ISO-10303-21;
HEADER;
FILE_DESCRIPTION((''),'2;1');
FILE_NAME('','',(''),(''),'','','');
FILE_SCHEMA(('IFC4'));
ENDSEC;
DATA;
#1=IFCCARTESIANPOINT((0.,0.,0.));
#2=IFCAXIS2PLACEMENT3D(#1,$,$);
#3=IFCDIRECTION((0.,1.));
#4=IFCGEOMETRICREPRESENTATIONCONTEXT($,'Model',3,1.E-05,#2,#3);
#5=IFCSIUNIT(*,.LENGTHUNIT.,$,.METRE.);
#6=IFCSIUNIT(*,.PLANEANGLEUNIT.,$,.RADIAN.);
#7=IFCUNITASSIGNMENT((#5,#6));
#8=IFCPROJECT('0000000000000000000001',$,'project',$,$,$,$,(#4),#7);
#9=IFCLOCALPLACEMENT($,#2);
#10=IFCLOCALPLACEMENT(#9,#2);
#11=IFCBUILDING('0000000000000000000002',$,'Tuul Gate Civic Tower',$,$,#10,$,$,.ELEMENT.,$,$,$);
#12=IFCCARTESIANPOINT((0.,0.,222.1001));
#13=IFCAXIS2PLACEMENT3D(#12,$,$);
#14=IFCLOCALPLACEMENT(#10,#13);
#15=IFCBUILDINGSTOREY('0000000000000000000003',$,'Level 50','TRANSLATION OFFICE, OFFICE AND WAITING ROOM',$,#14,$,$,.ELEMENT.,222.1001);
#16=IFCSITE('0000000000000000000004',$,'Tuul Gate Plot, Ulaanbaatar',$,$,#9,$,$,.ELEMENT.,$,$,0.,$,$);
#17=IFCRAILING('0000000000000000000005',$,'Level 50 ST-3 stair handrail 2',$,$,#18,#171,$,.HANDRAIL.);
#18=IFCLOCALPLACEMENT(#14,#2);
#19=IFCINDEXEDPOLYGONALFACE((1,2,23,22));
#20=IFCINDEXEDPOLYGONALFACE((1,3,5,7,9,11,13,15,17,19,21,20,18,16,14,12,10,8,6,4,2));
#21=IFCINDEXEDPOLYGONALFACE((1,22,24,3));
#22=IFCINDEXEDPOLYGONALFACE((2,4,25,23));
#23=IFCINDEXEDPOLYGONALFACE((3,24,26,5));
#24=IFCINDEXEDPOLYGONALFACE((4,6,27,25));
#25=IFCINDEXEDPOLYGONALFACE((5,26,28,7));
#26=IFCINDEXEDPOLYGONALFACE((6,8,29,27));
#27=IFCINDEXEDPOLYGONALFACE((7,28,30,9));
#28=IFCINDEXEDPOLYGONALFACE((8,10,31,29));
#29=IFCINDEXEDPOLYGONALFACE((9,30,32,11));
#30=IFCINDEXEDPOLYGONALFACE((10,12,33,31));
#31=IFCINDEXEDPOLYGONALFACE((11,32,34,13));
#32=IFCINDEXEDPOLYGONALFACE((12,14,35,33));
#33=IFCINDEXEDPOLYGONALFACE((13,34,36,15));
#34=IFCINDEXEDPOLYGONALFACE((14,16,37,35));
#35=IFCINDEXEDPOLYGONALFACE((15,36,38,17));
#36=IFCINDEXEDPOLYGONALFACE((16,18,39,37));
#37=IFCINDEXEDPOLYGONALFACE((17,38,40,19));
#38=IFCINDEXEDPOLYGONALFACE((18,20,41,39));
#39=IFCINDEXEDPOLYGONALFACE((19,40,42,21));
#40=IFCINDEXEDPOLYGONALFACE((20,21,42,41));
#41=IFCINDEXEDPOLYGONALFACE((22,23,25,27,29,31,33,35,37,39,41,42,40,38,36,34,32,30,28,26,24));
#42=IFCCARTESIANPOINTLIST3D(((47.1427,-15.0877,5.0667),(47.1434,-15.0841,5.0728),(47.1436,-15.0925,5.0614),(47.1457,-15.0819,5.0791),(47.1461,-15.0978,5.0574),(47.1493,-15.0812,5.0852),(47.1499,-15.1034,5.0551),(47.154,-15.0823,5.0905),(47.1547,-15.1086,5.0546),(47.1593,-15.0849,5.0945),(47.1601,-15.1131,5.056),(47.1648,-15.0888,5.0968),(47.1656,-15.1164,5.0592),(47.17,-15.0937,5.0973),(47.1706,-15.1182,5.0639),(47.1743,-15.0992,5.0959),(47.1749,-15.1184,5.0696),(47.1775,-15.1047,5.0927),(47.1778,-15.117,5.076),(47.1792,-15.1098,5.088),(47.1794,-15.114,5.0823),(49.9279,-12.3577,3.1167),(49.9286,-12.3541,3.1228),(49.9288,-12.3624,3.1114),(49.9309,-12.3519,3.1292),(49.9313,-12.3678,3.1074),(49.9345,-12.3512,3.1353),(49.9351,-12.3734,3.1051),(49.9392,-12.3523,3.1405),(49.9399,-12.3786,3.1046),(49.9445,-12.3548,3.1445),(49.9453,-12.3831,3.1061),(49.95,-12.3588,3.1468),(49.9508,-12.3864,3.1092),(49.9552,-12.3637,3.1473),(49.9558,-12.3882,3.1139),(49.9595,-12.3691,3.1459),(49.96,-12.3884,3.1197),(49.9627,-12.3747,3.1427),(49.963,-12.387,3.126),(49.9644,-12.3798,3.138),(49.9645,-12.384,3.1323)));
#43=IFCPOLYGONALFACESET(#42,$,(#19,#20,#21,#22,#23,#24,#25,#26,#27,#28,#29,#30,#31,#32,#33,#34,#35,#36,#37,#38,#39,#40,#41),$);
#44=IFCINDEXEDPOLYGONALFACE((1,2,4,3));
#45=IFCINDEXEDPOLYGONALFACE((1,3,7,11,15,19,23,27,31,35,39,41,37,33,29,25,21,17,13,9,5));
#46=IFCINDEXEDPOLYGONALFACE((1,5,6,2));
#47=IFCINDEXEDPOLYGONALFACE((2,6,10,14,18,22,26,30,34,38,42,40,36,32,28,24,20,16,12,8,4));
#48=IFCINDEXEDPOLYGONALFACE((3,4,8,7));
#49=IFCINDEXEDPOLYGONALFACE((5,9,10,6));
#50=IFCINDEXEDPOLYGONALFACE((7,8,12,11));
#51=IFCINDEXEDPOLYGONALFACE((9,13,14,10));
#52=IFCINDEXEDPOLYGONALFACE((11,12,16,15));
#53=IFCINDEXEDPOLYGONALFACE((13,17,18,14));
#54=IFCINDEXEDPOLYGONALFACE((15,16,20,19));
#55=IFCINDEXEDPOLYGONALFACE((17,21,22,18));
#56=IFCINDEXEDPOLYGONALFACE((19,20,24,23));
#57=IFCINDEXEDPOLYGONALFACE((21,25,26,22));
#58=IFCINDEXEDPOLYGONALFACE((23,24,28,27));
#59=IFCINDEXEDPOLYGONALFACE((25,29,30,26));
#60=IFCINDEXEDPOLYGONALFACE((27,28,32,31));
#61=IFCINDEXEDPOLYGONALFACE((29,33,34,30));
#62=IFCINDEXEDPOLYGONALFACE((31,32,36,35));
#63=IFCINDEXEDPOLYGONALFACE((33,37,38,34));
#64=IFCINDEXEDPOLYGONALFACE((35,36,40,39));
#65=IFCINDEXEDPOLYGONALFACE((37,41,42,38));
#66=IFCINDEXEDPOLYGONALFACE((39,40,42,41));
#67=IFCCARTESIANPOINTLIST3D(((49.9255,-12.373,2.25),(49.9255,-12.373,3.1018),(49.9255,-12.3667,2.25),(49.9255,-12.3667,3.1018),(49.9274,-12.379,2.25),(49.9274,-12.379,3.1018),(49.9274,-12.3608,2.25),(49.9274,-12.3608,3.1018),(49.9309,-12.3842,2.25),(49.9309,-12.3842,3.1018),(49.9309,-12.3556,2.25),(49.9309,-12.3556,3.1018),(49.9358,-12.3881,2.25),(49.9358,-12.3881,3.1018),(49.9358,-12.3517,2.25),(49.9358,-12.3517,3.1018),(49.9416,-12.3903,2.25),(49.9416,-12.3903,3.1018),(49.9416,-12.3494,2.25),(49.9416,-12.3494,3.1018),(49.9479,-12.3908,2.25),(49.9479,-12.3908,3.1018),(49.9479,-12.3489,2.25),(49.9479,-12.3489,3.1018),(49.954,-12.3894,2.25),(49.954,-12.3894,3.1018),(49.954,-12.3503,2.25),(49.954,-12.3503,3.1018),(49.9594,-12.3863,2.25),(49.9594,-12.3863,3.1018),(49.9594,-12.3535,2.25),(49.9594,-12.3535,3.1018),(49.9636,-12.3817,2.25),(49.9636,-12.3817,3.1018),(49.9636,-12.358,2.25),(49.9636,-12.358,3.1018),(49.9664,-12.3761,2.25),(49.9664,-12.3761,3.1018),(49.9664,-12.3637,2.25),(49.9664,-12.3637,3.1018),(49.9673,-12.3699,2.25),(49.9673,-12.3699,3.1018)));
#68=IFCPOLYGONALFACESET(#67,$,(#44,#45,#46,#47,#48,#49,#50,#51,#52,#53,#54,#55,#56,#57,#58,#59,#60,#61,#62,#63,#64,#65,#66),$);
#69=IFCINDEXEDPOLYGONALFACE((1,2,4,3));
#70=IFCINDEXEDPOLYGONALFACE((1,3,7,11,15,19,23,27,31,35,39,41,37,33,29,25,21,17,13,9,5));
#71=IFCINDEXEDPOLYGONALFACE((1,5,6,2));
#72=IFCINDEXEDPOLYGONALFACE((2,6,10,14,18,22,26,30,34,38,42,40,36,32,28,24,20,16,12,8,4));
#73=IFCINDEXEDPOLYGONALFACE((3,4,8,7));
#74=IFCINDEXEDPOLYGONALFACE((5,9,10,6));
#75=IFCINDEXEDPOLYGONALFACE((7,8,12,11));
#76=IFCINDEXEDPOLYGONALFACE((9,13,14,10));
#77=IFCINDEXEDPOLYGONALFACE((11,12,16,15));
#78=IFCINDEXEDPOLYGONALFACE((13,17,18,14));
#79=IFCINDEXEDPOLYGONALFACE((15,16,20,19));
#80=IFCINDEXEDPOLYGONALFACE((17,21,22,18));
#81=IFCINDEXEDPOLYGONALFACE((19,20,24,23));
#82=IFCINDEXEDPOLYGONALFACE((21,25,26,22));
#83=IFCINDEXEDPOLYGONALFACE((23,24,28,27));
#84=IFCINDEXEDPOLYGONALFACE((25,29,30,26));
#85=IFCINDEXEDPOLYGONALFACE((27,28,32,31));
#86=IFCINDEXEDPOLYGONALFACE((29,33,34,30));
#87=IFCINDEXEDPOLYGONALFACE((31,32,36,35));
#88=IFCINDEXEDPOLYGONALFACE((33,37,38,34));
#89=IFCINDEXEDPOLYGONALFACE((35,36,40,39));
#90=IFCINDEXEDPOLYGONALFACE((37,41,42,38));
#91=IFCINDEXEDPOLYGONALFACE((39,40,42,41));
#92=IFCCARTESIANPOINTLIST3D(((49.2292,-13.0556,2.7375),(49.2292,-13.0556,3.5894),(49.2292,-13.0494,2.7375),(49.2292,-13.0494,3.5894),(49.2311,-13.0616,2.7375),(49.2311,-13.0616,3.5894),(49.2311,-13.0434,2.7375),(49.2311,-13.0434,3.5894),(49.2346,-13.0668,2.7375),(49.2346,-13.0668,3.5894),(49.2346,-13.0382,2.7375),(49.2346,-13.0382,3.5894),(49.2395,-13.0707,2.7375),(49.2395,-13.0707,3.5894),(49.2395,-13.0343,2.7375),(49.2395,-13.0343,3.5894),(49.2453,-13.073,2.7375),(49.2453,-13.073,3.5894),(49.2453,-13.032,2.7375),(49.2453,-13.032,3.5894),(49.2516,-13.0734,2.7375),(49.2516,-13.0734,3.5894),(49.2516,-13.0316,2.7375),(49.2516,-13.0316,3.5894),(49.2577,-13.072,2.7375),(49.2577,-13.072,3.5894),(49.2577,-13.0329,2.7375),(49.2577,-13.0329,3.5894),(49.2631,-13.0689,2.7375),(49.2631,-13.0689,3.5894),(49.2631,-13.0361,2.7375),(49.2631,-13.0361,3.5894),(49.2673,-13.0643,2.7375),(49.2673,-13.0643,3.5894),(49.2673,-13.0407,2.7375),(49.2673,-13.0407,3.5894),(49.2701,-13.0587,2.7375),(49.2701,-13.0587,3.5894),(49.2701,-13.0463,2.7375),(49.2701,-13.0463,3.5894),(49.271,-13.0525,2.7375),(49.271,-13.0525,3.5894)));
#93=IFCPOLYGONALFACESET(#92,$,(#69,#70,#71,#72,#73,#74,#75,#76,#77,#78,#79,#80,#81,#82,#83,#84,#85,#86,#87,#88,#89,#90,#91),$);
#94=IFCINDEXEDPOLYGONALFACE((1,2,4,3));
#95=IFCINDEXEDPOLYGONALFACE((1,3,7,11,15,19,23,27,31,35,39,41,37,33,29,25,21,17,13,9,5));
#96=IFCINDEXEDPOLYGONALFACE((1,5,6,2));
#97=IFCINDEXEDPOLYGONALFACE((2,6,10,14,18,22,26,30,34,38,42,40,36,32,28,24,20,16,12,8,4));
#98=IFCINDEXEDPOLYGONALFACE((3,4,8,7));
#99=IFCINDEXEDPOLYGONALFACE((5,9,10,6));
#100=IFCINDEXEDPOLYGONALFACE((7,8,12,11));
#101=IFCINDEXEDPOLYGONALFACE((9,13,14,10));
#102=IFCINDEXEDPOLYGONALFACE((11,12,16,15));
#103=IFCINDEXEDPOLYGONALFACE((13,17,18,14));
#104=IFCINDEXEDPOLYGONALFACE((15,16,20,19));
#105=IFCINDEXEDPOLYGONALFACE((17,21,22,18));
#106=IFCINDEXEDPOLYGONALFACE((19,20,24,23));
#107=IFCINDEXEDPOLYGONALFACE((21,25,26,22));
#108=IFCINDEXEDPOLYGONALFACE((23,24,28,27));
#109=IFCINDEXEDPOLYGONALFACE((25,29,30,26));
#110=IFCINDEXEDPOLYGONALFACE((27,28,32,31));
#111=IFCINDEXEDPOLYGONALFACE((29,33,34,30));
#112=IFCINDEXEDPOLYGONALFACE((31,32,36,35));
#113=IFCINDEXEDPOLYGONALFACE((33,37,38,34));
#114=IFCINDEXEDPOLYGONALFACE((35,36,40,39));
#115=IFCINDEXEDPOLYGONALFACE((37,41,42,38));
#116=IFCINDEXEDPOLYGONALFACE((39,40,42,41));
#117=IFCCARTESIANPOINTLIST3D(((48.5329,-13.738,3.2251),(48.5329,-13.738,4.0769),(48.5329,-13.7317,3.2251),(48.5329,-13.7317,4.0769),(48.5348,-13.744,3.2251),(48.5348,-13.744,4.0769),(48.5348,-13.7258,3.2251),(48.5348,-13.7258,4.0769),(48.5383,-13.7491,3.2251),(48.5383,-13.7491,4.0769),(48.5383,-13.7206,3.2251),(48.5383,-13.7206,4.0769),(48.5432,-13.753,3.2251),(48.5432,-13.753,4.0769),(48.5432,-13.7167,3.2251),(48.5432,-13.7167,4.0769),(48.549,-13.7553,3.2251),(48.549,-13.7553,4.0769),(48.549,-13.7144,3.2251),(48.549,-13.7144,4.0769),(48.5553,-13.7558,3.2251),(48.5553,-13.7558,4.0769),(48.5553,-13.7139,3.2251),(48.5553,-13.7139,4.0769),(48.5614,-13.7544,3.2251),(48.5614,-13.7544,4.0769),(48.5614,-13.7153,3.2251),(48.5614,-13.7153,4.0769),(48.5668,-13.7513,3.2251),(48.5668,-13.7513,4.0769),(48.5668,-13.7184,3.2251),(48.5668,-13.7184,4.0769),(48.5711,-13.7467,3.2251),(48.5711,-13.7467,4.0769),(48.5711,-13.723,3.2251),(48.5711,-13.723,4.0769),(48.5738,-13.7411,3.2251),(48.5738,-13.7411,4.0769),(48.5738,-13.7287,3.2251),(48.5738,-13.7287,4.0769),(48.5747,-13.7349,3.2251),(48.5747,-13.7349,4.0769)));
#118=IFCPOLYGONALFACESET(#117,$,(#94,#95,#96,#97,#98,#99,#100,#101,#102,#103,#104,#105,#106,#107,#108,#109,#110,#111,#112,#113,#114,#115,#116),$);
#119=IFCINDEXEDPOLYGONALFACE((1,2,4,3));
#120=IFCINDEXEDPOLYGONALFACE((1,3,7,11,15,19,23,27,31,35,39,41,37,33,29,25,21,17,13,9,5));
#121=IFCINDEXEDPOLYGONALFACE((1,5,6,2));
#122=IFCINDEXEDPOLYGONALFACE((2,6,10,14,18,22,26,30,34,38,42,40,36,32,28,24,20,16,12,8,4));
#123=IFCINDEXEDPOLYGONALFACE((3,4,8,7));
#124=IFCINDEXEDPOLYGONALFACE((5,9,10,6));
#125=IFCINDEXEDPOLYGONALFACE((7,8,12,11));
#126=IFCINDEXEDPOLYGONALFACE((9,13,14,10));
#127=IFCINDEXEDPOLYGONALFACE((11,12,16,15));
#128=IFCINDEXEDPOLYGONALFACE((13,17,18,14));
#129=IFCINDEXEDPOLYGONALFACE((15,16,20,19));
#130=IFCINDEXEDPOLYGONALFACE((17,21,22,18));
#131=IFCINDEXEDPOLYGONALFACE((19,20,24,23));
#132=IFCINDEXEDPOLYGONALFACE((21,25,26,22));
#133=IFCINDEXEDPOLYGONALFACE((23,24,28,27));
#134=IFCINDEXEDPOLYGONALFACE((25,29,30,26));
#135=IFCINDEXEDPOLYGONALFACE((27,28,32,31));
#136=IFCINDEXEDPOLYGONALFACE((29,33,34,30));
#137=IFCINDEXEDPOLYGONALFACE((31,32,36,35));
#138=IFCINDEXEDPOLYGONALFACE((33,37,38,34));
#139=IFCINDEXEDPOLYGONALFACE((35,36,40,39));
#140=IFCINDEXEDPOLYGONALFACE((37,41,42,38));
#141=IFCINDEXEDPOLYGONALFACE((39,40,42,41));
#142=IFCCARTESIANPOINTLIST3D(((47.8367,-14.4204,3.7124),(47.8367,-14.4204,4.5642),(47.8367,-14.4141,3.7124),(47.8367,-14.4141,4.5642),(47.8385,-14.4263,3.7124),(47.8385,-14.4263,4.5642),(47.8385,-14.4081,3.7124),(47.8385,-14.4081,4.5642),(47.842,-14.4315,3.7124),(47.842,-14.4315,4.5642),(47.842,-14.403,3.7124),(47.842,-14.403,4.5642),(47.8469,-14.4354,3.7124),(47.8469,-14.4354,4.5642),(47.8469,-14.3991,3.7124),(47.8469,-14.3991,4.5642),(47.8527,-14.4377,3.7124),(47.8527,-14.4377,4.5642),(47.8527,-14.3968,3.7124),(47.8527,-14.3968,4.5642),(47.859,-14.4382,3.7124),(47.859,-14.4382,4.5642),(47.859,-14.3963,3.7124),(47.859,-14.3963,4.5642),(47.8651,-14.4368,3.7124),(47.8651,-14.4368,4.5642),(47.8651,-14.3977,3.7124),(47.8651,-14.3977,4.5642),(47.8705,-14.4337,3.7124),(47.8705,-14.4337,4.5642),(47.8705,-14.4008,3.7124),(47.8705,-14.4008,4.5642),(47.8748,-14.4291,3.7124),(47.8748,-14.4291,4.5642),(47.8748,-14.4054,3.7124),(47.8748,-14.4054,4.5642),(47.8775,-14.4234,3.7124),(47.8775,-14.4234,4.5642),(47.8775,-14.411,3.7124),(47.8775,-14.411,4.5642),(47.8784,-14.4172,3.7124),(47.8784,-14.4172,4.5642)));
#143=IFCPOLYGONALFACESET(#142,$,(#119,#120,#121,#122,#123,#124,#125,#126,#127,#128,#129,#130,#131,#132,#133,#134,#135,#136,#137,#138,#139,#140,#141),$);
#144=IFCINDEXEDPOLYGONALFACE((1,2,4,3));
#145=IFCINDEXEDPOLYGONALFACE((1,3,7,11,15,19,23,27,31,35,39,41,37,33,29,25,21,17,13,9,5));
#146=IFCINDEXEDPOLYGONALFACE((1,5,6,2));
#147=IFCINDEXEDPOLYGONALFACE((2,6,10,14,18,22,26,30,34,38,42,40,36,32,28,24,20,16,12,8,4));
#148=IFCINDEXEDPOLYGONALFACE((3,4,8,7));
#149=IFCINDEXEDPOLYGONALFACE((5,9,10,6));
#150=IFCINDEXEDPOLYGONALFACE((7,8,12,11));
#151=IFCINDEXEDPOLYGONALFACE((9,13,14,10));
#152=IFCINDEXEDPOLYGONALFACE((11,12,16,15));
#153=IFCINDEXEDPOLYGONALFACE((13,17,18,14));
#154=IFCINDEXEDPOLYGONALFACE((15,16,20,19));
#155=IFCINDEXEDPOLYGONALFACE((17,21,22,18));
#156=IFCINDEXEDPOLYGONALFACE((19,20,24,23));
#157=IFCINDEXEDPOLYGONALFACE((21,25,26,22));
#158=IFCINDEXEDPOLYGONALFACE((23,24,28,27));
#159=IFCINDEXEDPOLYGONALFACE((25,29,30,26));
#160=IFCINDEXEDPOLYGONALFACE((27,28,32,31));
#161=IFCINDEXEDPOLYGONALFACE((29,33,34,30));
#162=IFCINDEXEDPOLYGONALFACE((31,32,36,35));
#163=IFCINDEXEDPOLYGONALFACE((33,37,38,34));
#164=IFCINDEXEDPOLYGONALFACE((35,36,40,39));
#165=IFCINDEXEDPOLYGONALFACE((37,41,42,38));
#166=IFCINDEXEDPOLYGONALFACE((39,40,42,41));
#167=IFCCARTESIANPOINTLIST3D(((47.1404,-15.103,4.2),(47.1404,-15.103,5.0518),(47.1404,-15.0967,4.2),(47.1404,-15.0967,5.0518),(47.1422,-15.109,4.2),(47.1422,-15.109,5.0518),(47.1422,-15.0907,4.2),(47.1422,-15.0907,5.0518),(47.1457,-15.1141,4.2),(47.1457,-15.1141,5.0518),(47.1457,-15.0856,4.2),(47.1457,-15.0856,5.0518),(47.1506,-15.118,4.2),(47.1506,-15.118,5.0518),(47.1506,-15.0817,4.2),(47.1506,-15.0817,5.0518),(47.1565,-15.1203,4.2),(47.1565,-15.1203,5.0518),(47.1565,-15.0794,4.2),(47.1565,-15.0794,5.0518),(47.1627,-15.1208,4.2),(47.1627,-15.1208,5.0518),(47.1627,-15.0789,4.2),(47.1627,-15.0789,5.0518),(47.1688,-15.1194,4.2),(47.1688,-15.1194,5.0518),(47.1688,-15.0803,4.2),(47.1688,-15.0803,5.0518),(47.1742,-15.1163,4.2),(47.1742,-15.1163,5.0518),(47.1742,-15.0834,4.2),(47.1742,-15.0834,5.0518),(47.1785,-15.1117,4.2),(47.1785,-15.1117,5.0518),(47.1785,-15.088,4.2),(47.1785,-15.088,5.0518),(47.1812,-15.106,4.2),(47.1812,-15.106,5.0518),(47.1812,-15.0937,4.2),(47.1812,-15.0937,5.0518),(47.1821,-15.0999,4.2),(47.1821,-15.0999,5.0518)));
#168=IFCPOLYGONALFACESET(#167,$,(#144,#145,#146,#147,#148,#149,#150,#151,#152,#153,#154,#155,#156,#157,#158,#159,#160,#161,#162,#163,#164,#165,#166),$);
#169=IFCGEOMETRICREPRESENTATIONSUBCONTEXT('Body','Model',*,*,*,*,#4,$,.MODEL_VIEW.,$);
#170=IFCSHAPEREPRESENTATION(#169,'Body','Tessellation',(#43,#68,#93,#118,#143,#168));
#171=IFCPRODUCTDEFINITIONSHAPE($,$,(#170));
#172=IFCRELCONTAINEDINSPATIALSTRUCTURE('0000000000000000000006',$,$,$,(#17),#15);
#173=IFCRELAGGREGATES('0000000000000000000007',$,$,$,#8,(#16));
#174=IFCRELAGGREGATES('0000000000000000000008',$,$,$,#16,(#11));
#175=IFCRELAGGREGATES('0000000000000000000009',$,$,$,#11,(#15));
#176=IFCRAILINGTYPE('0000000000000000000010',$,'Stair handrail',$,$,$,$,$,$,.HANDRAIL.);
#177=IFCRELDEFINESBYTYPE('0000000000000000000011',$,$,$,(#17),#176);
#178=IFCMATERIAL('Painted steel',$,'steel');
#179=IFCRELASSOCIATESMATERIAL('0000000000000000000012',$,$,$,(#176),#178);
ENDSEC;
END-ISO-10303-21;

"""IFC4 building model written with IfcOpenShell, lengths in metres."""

from ifc_helpers import new_model, si_unit, direction, frame, origin, origin_2d, place, context, subcontext, project, spatial, circle, extrude, material, type_object, element, save


model = new_model("IFC4")

# Units and contexts
model_context = context("Model", 3, precision=1e-05, world=origin(), true_north=direction((0.0, 1.0)))
body_context = subcontext(model_context, "Body", "Model", "MODEL_VIEW")
ifc_project = project(units=[si_unit("LENGTHUNIT", "METRE"), si_unit("PLANEANGLEUNIT", "RADIAN")], contexts=[model_context])

# Site, building, storey
site_placement = place(None, origin())
site = spatial("IfcSite", under=ifc_project, at=site_placement, Name="Tuul Gate Plot, Ulaanbaatar", CompositionType="ELEMENT", RefElevation=0.0)
building_placement = place(site_placement, origin())
building = spatial("IfcBuilding", under=site, at=building_placement, Name="Tuul Gate Civic Tower", CompositionType="ELEMENT")
storey_placement = place(building_placement, frame((0.0, 0.0, 222.1001)))
storey = spatial("IfcBuildingStorey", under=building, at=storey_placement, Name="Level 50", Description="TRANSLATION OFFICE, OFFICE AND WAITING ROOM", CompositionType="ELEMENT", Elevation=222.1001)

# Railing
ifc_material_1 = material(Name="Painted steel", Category="steel")
railing_type = type_object("IfcRailingType", Name="Stair handrail", PredefinedType="HANDRAIL", material=ifc_material_1)
railing_placement = place(storey_placement, frame((49.9463, -12.3699, 2.25)))
element("IfcRailing", 1, at=railing_placement, inside=storey, type_object=railing_type, Name="Level 50 ST-3 stair handrail 2", PredefinedType="HANDRAIL", context=body_context, shape_type="SweptSolid", body=[
    extrude(circle(Radius=0.0239, at=origin_2d()), frame((0.0, 0.0, 0.876), z_axis=(-0.638754, -0.6261, 0.447206), x_axis=(0.699998, -0.714145, 0.0)), (0.0, 0.0, 1.0), 4.3604),
    extrude(circle(Radius=0.021, at=origin_2d()), origin(), (0.0, 0.0, 1.0), 0.8518),
    extrude(circle(Radius=0.021, at=origin_2d()), frame((-0.6963, -0.6826, 0.4875)), (0.0, 0.0, 1.0), 0.8518),
    extrude(circle(Radius=0.021, at=origin_2d()), frame((-1.3926, -1.365, 0.9751)), (0.0, 0.0, 1.0), 0.8518),
    extrude(circle(Radius=0.021, at=origin_2d()), frame((-2.0889, -2.0474, 1.4624)), (0.0, 0.0, 1.0), 0.8518),
    extrude(circle(Radius=0.021, at=origin_2d()), frame((-2.7852, -2.73, 1.95)), (0.0, 0.0, 1.0), 0.8518),
])

save(model, "model.ifc")
